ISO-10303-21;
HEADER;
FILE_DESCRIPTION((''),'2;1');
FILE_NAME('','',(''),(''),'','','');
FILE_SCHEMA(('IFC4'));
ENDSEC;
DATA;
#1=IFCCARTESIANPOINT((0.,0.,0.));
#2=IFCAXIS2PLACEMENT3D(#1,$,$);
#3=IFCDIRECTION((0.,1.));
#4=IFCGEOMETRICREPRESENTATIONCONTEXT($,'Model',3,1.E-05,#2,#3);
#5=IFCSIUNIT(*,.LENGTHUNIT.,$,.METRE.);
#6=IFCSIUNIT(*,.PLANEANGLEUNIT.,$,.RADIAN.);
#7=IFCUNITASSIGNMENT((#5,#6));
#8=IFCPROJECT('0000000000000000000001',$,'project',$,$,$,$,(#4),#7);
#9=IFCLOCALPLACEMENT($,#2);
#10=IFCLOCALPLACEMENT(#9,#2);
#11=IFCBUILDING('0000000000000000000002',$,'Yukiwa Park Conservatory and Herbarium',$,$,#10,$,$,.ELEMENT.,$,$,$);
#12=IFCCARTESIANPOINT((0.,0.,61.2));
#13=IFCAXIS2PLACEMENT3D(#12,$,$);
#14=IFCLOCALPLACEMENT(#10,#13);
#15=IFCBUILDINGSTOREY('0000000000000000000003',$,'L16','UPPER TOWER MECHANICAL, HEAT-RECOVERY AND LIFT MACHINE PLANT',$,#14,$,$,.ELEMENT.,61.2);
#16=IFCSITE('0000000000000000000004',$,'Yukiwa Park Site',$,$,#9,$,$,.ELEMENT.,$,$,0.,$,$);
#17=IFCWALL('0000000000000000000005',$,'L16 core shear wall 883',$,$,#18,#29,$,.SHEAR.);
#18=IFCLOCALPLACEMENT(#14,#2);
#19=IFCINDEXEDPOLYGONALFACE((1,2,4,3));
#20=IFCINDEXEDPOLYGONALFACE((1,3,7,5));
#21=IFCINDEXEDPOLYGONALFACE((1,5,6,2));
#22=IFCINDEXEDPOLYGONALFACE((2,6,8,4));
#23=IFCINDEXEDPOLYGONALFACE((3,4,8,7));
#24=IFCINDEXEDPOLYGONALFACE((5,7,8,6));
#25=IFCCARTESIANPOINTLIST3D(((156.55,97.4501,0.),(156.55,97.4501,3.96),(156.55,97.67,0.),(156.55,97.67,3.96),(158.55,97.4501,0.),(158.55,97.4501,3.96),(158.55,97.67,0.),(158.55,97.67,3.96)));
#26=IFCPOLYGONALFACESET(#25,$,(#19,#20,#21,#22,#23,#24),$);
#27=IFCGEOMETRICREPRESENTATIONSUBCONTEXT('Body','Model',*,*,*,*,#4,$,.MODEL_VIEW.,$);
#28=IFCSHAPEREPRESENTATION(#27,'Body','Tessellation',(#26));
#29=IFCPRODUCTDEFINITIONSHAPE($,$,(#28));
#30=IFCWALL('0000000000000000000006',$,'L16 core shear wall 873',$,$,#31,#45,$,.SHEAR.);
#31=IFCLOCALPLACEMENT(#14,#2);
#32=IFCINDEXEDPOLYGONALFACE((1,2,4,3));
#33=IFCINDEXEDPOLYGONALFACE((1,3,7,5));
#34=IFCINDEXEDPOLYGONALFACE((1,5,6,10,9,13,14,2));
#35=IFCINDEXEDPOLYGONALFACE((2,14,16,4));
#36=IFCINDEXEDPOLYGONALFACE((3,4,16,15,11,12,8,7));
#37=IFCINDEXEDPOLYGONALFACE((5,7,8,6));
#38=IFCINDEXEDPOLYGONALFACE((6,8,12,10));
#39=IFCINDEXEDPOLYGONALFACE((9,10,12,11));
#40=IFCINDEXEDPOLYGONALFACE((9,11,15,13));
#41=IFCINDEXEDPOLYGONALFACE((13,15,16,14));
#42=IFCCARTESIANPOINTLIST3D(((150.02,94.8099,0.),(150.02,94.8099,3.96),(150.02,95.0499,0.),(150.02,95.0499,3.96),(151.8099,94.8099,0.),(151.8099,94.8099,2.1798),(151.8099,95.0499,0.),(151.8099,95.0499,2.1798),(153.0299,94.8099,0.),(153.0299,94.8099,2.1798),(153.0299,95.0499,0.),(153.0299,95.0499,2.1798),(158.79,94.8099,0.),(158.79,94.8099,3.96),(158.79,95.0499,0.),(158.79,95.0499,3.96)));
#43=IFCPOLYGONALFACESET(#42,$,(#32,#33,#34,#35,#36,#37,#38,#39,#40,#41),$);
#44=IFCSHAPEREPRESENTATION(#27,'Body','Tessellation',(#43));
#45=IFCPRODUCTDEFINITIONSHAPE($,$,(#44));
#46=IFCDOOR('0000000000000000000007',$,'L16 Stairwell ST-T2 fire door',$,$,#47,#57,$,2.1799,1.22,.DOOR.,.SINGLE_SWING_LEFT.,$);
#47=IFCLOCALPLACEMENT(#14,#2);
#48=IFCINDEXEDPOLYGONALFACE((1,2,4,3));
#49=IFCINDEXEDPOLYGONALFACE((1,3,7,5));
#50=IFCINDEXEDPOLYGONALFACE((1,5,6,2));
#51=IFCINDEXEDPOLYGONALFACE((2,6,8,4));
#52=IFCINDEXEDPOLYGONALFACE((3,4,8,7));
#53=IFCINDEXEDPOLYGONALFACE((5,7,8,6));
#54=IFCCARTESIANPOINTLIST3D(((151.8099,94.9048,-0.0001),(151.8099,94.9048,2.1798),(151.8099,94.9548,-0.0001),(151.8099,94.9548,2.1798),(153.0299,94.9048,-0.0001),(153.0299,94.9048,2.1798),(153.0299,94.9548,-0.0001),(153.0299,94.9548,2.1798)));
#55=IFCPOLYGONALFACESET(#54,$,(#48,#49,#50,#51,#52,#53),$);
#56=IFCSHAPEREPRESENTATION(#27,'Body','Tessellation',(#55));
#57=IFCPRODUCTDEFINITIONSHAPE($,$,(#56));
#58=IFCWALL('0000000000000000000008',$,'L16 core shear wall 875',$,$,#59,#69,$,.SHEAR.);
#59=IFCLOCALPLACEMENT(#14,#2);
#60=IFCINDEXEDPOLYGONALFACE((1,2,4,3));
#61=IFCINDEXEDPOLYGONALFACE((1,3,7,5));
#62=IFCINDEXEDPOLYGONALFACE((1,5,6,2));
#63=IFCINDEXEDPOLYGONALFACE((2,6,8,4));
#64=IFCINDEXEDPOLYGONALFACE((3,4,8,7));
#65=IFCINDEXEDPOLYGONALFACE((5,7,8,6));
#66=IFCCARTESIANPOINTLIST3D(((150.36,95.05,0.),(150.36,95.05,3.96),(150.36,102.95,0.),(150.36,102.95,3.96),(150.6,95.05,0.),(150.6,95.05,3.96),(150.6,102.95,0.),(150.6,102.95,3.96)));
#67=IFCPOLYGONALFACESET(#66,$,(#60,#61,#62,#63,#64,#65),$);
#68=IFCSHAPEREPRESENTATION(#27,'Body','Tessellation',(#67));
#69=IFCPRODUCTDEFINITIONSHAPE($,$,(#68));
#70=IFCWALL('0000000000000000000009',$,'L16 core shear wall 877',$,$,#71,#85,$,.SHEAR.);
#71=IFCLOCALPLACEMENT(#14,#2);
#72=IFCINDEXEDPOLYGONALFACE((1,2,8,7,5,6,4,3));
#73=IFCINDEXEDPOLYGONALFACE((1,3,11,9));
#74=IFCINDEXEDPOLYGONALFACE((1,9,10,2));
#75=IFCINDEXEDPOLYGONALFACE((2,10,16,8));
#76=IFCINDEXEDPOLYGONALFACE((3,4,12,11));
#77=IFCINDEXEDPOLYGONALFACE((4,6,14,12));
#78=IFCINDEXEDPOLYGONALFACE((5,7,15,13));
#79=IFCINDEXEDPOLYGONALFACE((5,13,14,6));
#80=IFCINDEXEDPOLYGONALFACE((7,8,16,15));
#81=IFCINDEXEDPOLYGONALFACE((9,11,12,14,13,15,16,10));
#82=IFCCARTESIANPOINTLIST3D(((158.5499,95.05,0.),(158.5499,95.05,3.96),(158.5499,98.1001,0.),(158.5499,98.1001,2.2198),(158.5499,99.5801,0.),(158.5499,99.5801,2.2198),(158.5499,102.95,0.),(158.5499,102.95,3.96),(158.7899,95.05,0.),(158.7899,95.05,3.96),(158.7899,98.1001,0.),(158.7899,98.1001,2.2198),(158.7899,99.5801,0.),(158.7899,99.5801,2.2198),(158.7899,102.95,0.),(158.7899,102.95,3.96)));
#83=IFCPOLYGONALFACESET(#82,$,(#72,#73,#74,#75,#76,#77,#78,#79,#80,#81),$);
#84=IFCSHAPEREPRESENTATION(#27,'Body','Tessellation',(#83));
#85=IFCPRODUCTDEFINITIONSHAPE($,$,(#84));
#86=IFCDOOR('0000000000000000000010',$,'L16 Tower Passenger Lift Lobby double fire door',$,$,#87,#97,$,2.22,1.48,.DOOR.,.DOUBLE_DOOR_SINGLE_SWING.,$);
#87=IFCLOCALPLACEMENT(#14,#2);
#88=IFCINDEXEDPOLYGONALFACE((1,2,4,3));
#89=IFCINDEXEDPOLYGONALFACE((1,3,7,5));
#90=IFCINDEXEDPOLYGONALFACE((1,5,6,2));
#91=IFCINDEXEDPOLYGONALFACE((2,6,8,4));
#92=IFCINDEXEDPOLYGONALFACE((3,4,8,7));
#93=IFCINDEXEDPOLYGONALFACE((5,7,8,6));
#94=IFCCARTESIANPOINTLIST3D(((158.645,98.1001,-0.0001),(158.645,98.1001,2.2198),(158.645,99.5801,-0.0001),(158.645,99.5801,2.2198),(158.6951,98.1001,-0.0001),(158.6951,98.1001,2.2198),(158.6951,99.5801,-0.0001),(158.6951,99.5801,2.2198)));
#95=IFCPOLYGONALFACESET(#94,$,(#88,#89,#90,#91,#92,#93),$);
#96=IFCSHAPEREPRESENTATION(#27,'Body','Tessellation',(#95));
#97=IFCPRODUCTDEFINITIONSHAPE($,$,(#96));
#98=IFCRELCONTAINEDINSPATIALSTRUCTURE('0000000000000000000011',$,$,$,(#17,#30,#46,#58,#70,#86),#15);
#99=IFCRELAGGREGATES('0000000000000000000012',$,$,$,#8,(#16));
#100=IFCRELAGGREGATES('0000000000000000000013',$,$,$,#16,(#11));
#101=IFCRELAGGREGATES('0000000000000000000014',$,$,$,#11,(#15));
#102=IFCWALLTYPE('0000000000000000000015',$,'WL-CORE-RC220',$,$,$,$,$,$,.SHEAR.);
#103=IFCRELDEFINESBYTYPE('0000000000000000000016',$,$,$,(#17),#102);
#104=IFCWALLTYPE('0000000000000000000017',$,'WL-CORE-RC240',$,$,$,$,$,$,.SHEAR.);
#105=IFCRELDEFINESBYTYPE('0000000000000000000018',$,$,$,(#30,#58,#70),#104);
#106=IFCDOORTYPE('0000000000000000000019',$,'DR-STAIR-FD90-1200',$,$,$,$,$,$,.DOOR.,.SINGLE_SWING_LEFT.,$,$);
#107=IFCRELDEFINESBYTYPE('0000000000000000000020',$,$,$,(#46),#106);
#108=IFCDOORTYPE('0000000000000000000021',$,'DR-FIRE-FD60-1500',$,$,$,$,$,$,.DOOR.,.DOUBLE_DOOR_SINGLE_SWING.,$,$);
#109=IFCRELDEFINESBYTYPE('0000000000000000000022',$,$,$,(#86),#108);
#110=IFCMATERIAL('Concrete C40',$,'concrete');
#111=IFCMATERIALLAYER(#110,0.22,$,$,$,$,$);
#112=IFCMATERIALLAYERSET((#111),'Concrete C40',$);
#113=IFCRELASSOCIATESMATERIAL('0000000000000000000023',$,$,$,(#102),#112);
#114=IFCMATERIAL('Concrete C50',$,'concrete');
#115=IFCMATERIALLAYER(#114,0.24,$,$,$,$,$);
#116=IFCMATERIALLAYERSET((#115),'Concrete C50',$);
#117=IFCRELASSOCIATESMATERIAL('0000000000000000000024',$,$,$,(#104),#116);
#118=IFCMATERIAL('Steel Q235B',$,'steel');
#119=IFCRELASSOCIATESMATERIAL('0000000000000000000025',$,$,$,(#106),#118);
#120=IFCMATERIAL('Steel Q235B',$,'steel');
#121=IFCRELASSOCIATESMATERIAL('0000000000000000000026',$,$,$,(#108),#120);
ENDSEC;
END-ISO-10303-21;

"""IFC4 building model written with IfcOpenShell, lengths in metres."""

from ifc_helpers import new_model, si_unit, direction, frame, frame_2d, origin, place, context, subcontext, project, spatial, rectangle, extrude, material, layer, layer_set, type_object, element, fill, save


model = new_model("IFC4")

# Units and contexts
model_context = context("Model", 3, precision=1e-05, world=origin(), true_north=direction((0.0, 1.0)))
body_context = subcontext(model_context, "Body", "Model", "MODEL_VIEW")
ifc_project = project(units=[si_unit("LENGTHUNIT", "METRE"), si_unit("PLANEANGLEUNIT", "RADIAN")], contexts=[model_context])

# Site, building, storey
site_placement = place(None, origin())
site = spatial("IfcSite", under=ifc_project, at=site_placement, Name="Yukiwa Park Site", CompositionType="ELEMENT", RefElevation=0.0)
building_placement = place(site_placement, origin())
building = spatial("IfcBuilding", under=site, at=building_placement, Name="Yukiwa Park Conservatory and Herbarium", CompositionType="ELEMENT")
storey_placement = place(building_placement, frame((0.0, 0.0, 61.2)))
storey = spatial("IfcBuildingStorey", under=building, at=storey_placement, Name="L16", Description="UPPER TOWER MECHANICAL, HEAT-RECOVERY AND LIFT MACHINE PLANT", CompositionType="ELEMENT", Elevation=61.2)

# Wall
ifc_material_1 = material(Name="Concrete C40", Category="concrete")
ifc_layer_1 = layer(ifc_material_1, 0.22)
ifc_layer_set_1 = layer_set([ifc_layer_1], Name="Concrete C40")
wall_type_1 = type_object("IfcWallType", Name="WL-CORE-RC220", PredefinedType="SHEAR", material=ifc_layer_set_1)
for number, where, z_axis, x_axis, name in (
    (1, (156.55, 97.5601, 0.0), (0.0, 0.0, 1.0), (1.0, 0.0, 0.0), "L16 core shear wall 883"),
):
    element("IfcWall", number, at=place(storey_placement, frame(where, z_axis=z_axis, x_axis=x_axis)), inside=storey, type_object=wall_type_1, Name=name, PredefinedType="SHEAR", context=body_context, shape_type="SweptSolid", body=[
        extrude(rectangle(XDim=2.0, YDim=0.22, at=frame_2d((1.0, 0.0))), origin(), (0.0, 0.0, 1.0), 3.96),
    ])

# Wall, opening, door
ifc_material_2 = material(Name="Concrete C50", Category="concrete")
ifc_layer_2 = layer(ifc_material_2, 0.24)
ifc_layer_set_2 = layer_set([ifc_layer_2], Name="Concrete C50")
wall_type_2 = type_object("IfcWallType", Name="WL-CORE-RC240", PredefinedType="SHEAR", material=ifc_layer_set_2)
wall_1_placement = place(storey_placement, frame((150.02, 94.9299, 0.0), z_axis=(0.0, 0.0, 1.0), x_axis=(1.0, 0.0, 0.0)))
wall_1 = element("IfcWall", 2, at=wall_1_placement, inside=storey, type_object=wall_type_2, Name="L16 core shear wall 873", PredefinedType="SHEAR", context=body_context, shape_type="SweptSolid", body=[
    extrude(rectangle(XDim=8.77, YDim=0.24, at=frame_2d((4.385, 0.0))), origin(), (0.0, 0.0, 1.0), 3.96),
])
opening_1_placement = place(wall_1_placement, frame((1.79, 0.0, 0.0)))
opening_1 = element("IfcOpeningElement", 3, at=opening_1_placement, cuts=wall_1, PredefinedType="OPENING", context=body_context, shape_type="SweptSolid", body=[
    extrude(rectangle(XDim=1.22, YDim=2.1799, at=frame_2d((0.6099, 1.0898))), frame((0.0, 0.1299, 0.0), z_axis=(0.0, -1.0, 0.0), x_axis=(1.0, 0.0, 0.0)), (0.0, 0.0, 1.0), 0.26),
])
ifc_material_3 = material(Name="Steel Q235B", Category="steel")
door_type_1 = type_object("IfcDoorType", Name="DR-STAIR-FD90-1200", OperationType="SINGLE_SWING_LEFT", PredefinedType="DOOR", material=ifc_material_3)
door_1_placement = place(opening_1_placement, origin())
door_1 = element("IfcDoor", 4, at=door_1_placement, inside=storey, type_object=door_type_1, Name="L16 Stairwell ST-T2 fire door", OperationType="SINGLE_SWING_LEFT", OverallHeight=2.1799, OverallWidth=1.22, PredefinedType="DOOR", context=body_context, shape_type="SweptSolid", body=[
    extrude(rectangle(XDim=1.22, YDim=2.1799, at=frame_2d((0.6099, 1.0898))), frame((0.0, 0.0249, 0.0), z_axis=(0.0, -1.0, 0.0), x_axis=(1.0, 0.0, 0.0)), (0.0, 0.0, 1.0), 0.05),
])
fill(opening_1, door_1)

# Wall
wall_2_placement = place(storey_placement, frame((150.48, 95.05, 0.0), z_axis=(0.0, 0.0, 1.0), x_axis=(0.0, 1.0, 0.0)))
element("IfcWall", 5, at=wall_2_placement, inside=storey, type_object=wall_type_2, Name="L16 core shear wall 875", PredefinedType="SHEAR", context=body_context, shape_type="SweptSolid", body=[
    extrude(rectangle(XDim=7.8999, YDim=0.24, at=frame_2d((3.95, 0.0))), origin(), (0.0, 0.0, 1.0), 3.96),
])

# Wall, opening, door
wall_3_placement = place(storey_placement, frame((158.6699, 95.05, 0.0), z_axis=(0.0, 0.0, 1.0), x_axis=(0.0, 1.0, 0.0)))
wall_3 = element("IfcWall", 6, at=wall_3_placement, inside=storey, type_object=wall_type_2, Name="L16 core shear wall 877", PredefinedType="SHEAR", context=body_context, shape_type="SweptSolid", body=[
    extrude(rectangle(XDim=7.8999, YDim=0.24, at=frame_2d((3.95, 0.0))), origin(), (0.0, 0.0, 1.0), 3.96),
])
opening_2_placement = place(wall_3_placement, frame((3.05, 0.0, 0.0)))
opening_2 = element("IfcOpeningElement", 7, at=opening_2_placement, cuts=wall_3, PredefinedType="OPENING", context=body_context, shape_type="SweptSolid", body=[
    extrude(rectangle(XDim=1.48, YDim=2.22, at=frame_2d((0.74, 1.1099))), frame((0.0, 0.1299, 0.0), z_axis=(0.0, -1.0, 0.0), x_axis=(1.0, 0.0, 0.0)), (0.0, 0.0, 1.0), 0.26),
])
ifc_material_4 = material(Name="Steel Q235B", Category="steel")
door_type_2 = type_object("IfcDoorType", Name="DR-FIRE-FD60-1500", OperationType="DOUBLE_DOOR_SINGLE_SWING", PredefinedType="DOOR", material=ifc_material_4)
door_2_placement = place(opening_2_placement, origin())
door_2 = element("IfcDoor", 8, at=door_2_placement, inside=storey, type_object=door_type_2, Name="L16 Tower Passenger Lift Lobby double fire door", OperationType="DOUBLE_DOOR_SINGLE_SWING", OverallHeight=2.22, OverallWidth=1.48, PredefinedType="DOOR", context=body_context, shape_type="SweptSolid", body=[
    extrude(rectangle(XDim=1.48, YDim=2.22, at=frame_2d((0.74, 1.1099))), frame((0.0, 0.0249, 0.0), z_axis=(0.0, -1.0, 0.0), x_axis=(1.0, 0.0, 0.0)), (0.0, 0.0, 1.0), 0.05),
])
fill(opening_2, door_2)

save(model, "model.ifc")
